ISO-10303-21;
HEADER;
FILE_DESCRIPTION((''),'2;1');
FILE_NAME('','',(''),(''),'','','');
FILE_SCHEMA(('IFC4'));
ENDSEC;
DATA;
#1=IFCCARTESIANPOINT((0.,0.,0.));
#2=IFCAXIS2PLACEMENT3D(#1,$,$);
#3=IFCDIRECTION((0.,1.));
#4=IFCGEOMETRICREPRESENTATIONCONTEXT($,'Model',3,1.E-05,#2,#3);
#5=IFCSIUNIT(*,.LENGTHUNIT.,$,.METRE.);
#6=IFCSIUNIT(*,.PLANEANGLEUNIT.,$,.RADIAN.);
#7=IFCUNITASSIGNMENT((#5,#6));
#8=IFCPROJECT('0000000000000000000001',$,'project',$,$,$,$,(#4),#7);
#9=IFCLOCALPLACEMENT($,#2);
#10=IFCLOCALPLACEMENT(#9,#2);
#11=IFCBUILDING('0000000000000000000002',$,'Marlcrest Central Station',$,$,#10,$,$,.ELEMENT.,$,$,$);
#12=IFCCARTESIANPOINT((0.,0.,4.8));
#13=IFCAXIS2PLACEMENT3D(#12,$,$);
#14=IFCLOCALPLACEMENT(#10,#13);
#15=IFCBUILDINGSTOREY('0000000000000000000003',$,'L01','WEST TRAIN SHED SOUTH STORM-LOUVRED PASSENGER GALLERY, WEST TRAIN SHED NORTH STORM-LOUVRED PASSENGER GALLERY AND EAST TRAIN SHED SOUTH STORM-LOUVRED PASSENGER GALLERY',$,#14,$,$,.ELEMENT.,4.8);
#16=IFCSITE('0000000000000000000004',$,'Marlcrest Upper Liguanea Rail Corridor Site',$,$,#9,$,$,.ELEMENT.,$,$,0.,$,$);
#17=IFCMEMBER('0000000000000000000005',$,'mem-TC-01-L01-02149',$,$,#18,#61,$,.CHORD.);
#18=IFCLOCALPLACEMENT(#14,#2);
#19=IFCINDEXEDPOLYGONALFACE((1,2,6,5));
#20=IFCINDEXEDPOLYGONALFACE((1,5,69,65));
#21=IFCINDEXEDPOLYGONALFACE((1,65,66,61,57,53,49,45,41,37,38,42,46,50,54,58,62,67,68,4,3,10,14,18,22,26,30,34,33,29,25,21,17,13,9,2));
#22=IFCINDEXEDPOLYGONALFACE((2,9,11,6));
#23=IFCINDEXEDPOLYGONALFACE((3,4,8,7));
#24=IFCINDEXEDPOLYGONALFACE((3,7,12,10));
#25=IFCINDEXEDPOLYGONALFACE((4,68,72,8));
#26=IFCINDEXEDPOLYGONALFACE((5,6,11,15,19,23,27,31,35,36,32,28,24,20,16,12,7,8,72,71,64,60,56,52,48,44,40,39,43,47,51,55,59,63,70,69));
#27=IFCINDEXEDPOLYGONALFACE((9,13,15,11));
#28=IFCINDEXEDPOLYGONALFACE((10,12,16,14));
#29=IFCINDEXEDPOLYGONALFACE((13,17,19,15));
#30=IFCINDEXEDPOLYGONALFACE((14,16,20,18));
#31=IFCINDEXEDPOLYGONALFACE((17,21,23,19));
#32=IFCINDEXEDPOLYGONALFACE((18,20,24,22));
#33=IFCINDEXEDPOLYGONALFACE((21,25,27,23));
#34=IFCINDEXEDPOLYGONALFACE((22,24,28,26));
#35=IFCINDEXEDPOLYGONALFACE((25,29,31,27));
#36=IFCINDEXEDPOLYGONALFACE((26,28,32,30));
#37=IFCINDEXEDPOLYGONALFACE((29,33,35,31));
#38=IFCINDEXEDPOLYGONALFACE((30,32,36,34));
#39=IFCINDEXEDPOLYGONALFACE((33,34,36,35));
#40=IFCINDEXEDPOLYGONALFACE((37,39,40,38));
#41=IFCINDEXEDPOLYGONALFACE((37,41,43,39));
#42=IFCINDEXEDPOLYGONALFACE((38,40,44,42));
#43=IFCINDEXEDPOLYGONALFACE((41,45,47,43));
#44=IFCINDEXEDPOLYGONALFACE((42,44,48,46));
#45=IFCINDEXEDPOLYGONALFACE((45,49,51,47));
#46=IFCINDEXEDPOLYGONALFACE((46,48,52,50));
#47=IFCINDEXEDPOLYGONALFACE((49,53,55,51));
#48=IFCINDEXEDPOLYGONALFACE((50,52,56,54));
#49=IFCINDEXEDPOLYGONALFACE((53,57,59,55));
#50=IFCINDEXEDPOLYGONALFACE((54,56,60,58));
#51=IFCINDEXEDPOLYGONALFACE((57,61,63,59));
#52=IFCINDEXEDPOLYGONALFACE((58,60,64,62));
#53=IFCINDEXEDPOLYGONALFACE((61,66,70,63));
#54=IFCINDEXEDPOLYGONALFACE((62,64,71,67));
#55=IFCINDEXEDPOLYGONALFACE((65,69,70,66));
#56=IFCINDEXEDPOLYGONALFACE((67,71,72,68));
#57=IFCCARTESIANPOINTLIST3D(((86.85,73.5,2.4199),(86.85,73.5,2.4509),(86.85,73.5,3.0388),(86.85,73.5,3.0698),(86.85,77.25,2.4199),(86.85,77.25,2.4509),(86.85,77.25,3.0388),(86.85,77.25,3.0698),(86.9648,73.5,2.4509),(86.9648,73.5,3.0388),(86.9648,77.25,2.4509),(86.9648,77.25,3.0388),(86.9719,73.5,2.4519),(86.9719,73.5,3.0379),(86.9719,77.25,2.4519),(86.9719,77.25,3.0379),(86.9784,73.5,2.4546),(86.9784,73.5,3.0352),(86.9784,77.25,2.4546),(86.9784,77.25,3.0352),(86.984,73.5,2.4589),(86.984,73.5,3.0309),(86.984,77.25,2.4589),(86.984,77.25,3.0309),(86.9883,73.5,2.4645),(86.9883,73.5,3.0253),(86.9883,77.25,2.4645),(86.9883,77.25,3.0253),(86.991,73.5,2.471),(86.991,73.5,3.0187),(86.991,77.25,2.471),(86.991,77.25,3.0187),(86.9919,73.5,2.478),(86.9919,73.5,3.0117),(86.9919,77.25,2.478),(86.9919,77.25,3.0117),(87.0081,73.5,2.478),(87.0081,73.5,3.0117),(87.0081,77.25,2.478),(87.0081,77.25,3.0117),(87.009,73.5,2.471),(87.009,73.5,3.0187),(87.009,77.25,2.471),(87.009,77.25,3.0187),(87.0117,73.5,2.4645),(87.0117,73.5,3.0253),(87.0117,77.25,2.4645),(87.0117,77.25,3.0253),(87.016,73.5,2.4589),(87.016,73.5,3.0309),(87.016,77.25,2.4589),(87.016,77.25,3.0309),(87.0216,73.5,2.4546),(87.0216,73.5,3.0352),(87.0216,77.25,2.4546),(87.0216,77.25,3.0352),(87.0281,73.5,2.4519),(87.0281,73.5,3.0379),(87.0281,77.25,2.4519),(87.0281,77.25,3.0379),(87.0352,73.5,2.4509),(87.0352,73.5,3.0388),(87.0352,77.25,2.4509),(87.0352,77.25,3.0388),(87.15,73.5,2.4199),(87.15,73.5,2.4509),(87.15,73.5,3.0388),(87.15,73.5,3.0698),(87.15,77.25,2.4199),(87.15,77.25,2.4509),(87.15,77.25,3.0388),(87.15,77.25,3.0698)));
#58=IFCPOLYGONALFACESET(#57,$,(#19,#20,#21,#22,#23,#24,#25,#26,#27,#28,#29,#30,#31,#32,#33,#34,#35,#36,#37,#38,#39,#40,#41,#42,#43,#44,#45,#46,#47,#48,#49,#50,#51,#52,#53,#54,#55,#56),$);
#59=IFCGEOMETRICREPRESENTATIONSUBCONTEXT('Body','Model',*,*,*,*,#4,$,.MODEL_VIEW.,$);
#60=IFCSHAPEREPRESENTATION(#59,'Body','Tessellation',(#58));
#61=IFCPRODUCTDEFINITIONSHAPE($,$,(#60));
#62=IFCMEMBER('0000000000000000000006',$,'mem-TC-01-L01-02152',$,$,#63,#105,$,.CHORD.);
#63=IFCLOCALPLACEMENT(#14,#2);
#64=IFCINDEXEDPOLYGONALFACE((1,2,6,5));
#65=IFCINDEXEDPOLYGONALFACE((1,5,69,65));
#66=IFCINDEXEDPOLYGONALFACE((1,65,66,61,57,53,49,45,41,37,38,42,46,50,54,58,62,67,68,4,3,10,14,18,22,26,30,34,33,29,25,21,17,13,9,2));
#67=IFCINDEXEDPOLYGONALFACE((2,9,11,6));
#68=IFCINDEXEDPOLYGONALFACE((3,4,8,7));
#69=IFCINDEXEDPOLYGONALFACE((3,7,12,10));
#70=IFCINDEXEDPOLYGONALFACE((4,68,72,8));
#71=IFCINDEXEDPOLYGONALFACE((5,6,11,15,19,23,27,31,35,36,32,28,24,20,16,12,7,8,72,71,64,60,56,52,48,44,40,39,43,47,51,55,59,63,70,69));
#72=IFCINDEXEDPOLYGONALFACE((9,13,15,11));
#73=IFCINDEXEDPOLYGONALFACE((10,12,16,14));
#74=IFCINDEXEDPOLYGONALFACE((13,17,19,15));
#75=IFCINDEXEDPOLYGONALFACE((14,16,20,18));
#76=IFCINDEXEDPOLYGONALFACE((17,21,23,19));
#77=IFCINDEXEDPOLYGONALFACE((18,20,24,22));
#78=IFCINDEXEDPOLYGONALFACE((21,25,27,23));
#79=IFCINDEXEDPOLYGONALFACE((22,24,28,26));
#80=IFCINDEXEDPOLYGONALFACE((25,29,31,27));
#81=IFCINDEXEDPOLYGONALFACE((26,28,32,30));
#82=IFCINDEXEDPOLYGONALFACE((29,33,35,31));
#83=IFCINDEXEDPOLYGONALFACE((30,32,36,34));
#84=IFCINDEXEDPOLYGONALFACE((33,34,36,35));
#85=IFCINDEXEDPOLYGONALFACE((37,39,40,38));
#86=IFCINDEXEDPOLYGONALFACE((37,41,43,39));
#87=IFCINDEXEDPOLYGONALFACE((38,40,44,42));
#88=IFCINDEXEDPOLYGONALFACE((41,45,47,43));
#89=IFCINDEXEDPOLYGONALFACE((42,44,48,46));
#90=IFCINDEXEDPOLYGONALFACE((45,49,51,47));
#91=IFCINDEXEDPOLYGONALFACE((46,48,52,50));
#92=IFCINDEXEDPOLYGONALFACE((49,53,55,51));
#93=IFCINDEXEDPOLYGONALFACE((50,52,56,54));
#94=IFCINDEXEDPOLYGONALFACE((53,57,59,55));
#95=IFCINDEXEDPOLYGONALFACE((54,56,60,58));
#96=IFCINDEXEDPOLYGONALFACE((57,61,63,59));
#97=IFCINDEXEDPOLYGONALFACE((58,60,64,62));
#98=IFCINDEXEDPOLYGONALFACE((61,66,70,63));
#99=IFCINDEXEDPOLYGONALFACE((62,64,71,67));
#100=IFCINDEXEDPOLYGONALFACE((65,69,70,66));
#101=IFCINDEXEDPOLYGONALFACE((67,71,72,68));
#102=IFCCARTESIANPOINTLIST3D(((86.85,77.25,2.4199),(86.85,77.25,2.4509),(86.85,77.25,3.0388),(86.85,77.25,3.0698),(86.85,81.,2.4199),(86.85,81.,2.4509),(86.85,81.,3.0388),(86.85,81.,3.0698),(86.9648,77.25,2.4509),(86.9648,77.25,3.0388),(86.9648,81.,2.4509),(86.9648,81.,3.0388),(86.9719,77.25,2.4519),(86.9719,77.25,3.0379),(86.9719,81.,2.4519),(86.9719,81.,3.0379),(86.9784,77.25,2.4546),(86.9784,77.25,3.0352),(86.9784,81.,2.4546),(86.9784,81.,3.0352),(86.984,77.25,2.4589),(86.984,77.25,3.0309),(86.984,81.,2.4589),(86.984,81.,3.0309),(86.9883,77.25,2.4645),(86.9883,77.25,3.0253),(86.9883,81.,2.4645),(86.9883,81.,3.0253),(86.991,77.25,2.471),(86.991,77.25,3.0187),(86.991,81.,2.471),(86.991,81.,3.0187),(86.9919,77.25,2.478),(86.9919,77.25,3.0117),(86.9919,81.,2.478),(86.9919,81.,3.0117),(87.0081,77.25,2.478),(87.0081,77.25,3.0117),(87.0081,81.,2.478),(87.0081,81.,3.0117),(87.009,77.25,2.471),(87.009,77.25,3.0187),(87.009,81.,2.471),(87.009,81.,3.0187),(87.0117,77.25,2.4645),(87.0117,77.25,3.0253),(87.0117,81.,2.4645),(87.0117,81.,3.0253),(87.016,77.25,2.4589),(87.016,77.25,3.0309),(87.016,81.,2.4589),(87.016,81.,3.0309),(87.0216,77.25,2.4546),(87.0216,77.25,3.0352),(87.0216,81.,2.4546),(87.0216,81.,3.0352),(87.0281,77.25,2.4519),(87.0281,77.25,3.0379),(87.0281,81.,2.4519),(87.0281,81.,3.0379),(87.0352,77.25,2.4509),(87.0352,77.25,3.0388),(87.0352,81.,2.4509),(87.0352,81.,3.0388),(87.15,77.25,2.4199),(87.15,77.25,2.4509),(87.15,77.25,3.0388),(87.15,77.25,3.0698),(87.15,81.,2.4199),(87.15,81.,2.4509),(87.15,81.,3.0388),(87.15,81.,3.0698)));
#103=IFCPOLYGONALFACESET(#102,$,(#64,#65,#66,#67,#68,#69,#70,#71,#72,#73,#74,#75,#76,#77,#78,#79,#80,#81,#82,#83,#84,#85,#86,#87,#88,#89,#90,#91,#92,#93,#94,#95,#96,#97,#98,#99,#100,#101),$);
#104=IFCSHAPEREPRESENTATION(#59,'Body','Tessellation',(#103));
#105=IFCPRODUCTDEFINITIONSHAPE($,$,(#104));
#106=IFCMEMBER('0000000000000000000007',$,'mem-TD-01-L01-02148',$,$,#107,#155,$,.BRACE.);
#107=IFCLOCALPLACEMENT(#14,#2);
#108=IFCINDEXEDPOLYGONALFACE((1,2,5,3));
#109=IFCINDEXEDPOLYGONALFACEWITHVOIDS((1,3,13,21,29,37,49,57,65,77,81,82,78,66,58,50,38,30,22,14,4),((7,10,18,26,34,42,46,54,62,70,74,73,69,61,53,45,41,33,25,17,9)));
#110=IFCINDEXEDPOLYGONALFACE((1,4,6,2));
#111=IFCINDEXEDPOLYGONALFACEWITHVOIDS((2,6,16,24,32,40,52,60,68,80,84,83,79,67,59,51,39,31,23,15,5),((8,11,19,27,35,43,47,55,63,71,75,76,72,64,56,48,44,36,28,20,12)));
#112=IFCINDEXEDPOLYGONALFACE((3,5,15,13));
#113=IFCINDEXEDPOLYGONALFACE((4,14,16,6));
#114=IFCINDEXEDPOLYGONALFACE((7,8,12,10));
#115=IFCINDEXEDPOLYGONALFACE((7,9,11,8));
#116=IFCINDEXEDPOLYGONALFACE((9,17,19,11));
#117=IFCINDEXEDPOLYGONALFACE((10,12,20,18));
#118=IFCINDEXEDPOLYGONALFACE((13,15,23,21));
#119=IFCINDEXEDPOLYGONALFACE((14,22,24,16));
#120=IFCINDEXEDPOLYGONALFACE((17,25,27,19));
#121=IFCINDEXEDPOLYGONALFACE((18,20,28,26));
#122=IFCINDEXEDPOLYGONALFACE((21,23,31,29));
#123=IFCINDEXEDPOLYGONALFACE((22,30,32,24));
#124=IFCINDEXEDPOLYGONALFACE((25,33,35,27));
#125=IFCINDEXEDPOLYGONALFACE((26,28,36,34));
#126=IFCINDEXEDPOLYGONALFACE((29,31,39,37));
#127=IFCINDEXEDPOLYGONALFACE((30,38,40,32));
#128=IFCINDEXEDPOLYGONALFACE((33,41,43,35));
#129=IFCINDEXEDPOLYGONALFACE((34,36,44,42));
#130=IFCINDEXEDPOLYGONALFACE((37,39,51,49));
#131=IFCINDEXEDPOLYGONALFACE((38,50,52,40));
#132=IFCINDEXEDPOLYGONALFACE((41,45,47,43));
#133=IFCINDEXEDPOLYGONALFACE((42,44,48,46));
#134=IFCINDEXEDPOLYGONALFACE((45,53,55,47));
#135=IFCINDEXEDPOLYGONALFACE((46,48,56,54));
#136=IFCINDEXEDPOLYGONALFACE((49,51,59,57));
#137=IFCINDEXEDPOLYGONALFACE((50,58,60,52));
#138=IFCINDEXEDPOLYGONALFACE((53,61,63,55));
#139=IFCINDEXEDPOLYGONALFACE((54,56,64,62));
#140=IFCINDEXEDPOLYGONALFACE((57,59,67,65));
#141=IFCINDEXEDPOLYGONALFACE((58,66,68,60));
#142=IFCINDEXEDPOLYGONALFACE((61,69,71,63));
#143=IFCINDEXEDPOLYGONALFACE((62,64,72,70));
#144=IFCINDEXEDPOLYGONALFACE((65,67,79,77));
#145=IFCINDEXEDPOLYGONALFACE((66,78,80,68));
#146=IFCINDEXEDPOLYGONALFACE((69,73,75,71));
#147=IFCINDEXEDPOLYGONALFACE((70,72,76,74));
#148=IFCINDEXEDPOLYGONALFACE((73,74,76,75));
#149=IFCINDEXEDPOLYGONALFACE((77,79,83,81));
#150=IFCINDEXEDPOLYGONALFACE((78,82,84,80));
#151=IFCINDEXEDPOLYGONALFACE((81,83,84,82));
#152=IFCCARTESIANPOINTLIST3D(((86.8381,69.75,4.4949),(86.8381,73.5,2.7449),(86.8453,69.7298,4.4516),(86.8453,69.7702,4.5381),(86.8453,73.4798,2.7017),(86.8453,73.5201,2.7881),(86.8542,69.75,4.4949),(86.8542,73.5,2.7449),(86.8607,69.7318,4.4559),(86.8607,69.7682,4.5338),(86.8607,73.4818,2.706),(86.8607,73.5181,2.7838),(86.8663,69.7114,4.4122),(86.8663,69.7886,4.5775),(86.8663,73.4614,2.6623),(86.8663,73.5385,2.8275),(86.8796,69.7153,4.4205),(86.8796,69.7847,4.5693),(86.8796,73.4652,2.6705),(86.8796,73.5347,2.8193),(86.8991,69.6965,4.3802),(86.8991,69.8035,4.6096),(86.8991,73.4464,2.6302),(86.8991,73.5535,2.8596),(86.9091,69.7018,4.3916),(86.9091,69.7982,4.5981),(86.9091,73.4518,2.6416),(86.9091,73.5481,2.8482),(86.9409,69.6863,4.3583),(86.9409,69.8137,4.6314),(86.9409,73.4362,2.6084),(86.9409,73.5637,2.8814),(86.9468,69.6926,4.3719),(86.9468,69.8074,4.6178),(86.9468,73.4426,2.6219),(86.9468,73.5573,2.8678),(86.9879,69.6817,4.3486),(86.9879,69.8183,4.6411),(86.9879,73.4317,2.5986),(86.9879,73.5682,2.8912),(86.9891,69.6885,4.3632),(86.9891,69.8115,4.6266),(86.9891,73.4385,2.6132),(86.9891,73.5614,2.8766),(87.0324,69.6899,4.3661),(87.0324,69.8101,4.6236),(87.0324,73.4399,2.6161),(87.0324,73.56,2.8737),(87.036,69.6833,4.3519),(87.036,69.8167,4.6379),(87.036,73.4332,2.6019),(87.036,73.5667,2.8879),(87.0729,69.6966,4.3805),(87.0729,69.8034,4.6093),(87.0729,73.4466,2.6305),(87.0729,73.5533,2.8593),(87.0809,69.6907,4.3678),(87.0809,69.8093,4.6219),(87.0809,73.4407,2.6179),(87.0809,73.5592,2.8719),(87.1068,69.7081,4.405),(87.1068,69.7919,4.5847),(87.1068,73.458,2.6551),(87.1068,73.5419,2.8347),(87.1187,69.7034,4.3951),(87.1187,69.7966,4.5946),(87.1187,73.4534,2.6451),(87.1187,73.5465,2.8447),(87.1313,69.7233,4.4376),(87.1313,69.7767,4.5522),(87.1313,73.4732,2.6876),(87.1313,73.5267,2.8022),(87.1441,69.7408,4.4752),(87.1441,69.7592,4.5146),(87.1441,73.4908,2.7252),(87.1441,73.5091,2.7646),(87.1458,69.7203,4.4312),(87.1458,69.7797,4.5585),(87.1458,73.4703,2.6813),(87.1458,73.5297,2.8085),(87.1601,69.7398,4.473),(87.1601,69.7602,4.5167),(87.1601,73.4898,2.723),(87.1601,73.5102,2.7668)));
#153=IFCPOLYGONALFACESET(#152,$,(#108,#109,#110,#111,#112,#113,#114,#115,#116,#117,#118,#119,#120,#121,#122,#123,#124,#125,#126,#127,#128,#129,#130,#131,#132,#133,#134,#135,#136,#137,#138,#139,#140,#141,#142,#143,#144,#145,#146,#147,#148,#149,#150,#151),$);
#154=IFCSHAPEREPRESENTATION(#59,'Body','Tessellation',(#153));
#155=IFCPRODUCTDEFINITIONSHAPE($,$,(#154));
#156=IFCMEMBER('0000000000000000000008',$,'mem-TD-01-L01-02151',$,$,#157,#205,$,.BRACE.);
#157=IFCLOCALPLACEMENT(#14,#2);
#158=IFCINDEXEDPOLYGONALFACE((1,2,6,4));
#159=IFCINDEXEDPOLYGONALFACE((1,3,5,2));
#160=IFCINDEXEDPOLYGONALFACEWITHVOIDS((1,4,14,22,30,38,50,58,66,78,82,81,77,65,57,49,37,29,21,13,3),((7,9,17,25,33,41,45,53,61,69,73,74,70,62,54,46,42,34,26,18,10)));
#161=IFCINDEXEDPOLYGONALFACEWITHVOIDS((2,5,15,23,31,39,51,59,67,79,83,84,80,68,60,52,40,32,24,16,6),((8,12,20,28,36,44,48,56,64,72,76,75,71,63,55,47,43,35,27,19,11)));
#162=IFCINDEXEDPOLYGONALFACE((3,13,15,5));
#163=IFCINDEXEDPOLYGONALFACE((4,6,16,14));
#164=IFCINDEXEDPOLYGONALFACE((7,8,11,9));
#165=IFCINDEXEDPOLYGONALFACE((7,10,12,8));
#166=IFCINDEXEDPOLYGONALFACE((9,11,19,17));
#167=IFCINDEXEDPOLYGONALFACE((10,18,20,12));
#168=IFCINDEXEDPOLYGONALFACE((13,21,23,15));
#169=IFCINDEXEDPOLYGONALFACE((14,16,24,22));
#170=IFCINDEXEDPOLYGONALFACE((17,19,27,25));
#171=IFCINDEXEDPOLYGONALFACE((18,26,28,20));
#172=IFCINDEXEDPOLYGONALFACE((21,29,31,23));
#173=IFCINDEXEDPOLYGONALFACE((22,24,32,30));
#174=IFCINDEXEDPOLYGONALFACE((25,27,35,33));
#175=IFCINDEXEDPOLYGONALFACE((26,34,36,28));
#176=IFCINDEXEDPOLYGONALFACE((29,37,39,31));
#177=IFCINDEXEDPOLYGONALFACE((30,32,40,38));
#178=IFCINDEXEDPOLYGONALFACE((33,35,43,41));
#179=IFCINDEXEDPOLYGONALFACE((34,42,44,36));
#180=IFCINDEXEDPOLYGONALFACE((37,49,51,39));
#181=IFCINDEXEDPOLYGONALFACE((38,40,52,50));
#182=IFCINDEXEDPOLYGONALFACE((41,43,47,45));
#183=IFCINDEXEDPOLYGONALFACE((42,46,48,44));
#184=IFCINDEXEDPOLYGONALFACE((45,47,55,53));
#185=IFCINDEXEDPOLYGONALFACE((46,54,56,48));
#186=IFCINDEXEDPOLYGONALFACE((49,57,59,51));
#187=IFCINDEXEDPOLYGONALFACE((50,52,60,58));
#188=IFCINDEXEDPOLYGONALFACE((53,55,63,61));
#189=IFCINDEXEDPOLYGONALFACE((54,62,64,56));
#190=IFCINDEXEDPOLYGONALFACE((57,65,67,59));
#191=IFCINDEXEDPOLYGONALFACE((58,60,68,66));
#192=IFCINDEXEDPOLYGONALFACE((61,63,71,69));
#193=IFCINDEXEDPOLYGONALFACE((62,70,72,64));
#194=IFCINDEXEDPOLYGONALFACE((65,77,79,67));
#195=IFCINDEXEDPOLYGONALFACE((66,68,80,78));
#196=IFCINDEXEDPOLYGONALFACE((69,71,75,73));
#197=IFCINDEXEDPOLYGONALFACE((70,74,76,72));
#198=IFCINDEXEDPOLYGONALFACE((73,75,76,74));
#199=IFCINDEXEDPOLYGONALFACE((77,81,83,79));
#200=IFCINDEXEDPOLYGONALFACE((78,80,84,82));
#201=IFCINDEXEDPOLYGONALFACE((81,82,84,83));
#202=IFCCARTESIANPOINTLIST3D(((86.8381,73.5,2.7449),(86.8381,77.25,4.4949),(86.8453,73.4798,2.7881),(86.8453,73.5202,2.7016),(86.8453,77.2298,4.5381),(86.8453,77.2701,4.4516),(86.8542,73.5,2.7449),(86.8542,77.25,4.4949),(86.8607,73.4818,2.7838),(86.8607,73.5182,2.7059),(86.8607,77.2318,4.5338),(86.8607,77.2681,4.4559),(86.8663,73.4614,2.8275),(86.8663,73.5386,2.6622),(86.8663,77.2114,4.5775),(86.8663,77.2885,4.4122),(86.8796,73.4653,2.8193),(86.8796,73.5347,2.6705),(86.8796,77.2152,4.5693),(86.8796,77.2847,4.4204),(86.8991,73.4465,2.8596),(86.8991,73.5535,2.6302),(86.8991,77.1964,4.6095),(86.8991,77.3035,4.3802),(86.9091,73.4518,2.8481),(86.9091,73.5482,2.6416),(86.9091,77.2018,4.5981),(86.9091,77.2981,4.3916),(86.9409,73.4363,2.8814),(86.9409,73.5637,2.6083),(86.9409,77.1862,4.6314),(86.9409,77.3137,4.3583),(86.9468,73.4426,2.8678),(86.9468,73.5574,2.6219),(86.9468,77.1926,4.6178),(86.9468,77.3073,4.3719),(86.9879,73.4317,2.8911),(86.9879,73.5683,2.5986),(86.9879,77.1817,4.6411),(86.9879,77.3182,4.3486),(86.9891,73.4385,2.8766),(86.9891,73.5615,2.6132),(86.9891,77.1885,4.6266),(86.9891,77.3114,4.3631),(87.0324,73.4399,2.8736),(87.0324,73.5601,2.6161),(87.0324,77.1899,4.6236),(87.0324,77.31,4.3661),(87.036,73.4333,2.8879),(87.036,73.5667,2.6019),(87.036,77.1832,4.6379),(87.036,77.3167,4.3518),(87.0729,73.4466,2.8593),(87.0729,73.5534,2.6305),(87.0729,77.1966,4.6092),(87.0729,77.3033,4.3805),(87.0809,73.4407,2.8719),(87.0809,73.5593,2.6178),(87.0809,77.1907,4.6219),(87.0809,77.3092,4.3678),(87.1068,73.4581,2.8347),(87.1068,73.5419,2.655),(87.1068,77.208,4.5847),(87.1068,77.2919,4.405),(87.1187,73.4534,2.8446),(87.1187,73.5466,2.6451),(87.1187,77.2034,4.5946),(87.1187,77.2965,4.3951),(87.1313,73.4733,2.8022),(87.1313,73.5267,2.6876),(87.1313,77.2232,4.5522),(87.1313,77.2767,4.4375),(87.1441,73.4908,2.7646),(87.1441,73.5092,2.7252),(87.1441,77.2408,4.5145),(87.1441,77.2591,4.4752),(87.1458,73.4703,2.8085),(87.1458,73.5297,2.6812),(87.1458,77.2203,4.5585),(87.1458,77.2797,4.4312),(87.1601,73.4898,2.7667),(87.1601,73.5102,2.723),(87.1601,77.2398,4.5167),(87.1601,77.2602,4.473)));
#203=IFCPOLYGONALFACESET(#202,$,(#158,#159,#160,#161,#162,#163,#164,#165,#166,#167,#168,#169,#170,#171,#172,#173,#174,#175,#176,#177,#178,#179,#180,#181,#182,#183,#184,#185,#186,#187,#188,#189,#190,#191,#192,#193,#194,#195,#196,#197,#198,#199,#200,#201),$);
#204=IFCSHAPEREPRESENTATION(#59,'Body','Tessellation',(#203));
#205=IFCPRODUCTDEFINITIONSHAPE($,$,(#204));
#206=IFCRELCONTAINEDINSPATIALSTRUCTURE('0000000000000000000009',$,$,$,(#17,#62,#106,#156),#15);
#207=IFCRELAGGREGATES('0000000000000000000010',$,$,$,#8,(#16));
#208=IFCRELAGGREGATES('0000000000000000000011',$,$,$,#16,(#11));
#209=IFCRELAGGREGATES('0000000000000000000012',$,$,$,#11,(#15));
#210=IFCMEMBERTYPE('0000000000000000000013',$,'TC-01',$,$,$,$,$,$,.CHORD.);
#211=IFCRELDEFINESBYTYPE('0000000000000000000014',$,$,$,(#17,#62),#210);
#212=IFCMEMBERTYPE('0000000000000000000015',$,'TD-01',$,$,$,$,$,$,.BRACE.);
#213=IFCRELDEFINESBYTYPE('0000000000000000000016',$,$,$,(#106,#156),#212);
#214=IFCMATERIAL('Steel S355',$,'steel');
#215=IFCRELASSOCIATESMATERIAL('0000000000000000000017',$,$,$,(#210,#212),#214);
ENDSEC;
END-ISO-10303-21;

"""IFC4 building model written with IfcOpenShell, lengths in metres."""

from ifc_helpers import new_model, si_unit, direction, frame, origin, origin_2d, place, context, subcontext, project, spatial, hollow_circle, i_section, extrude, material, material_profile, profile_set, type_object, element, save


model = new_model("IFC4")

# Units and contexts
model_context = context("Model", 3, precision=1e-05, world=origin(), true_north=direction((0.0, 1.0)))
body_context = subcontext(model_context, "Body", "Model", "MODEL_VIEW")
ifc_project = project(units=[si_unit("LENGTHUNIT", "METRE"), si_unit("PLANEANGLEUNIT", "RADIAN")], contexts=[model_context])

# Site, building, storey
site_placement = place(None, origin())
site = spatial("IfcSite", under=ifc_project, at=site_placement, Name="Marlcrest Upper Liguanea Rail Corridor Site", CompositionType="ELEMENT", RefElevation=0.0)
building_placement = place(site_placement, origin())
building = spatial("IfcBuilding", under=site, at=building_placement, Name="Marlcrest Central Station", CompositionType="ELEMENT")
storey_placement = place(building_placement, frame((0.0, 0.0, 4.8)))
storey = spatial("IfcBuildingStorey", under=building, at=storey_placement, Name="L01", Description="WEST TRAIN SHED SOUTH STORM-LOUVRED PASSENGER GALLERY, WEST TRAIN SHED NORTH STORM-LOUVRED PASSENGER GALLERY AND EAST TRAIN SHED SOUTH STORM-LOUVRED PASSENGER GALLERY", CompositionType="ELEMENT", Elevation=4.8)

# Shared definitions
ifc_material = material(Name="Steel S355", Category="steel")

# Members
ifc_material_profile_1 = material_profile(ifc_material, i_section(OverallWidth=0.3, OverallDepth=0.6499, WebThickness=0.0161, FlangeThickness=0.031, FilletRadius=0.0271, at=origin_2d()), Name="HEB 650")
ifc_profile_set_1 = profile_set([ifc_material_profile_1], Name="Steel S355")
member_type_1 = type_object("IfcMemberType", Name="TC-01", PredefinedType="CHORD", material=ifc_profile_set_1)
for number, where, z_axis, x_axis, name in (
    (1, (87.0, 73.5, 2.7449), (0.0, 1.0, 0.0), (-1.0, 0.0, 0.0), "mem-TC-01-L01-02149"),
    (2, (87.0, 77.25, 2.7449), (0.0, 1.0, 0.0), (-1.0, 0.0, 0.0), "mem-TC-01-L01-02152"),
):
    element("IfcMember", number, at=place(storey_placement, frame(where, z_axis=z_axis, x_axis=x_axis)), inside=storey, type_object=member_type_1, Name=name, PredefinedType="CHORD", context=body_context, shape_type="SweptSolid", body=[
        extrude(i_section(OverallWidth=0.3, OverallDepth=0.6499, WebThickness=0.0161, FlangeThickness=0.031, FilletRadius=0.0271, at=origin_2d()), origin(), (0.0, 0.0, 1.0), 3.75),
    ])
ifc_material_profile_2 = material_profile(ifc_material, hollow_circle(Radius=0.1619, WallThickness=0.0161, at=origin_2d()), Name="CHS 323.9x16")
ifc_profile_set_2 = profile_set([ifc_material_profile_2], Name="Steel S355")
member_type_2 = type_object("IfcMemberType", Name="TD-01", PredefinedType="BRACE", material=ifc_profile_set_2)
for number, where, z_axis, x_axis, name in (
    (3, (87.0, 69.75, 4.4949), (0.0, 0.906183, -0.422885), (-1.0, 0.0, 0.0), "mem-TD-01-L01-02148"),
    (4, (87.0, 73.5, 2.7449), (0.0, 0.906183, 0.422885), (-1.0, 0.0, 0.0), "mem-TD-01-L01-02151"),
):
    element("IfcMember", number, at=place(storey_placement, frame(where, z_axis=z_axis, x_axis=x_axis)), inside=storey, type_object=member_type_2, Name=name, PredefinedType="BRACE", context=body_context, shape_type="SweptSolid", body=[
        extrude(hollow_circle(Radius=0.1619, WallThickness=0.0161, at=origin_2d()), origin(), (0.0, 0.0, 1.0), 4.1382),
    ])

save(model, "model.ifc")
